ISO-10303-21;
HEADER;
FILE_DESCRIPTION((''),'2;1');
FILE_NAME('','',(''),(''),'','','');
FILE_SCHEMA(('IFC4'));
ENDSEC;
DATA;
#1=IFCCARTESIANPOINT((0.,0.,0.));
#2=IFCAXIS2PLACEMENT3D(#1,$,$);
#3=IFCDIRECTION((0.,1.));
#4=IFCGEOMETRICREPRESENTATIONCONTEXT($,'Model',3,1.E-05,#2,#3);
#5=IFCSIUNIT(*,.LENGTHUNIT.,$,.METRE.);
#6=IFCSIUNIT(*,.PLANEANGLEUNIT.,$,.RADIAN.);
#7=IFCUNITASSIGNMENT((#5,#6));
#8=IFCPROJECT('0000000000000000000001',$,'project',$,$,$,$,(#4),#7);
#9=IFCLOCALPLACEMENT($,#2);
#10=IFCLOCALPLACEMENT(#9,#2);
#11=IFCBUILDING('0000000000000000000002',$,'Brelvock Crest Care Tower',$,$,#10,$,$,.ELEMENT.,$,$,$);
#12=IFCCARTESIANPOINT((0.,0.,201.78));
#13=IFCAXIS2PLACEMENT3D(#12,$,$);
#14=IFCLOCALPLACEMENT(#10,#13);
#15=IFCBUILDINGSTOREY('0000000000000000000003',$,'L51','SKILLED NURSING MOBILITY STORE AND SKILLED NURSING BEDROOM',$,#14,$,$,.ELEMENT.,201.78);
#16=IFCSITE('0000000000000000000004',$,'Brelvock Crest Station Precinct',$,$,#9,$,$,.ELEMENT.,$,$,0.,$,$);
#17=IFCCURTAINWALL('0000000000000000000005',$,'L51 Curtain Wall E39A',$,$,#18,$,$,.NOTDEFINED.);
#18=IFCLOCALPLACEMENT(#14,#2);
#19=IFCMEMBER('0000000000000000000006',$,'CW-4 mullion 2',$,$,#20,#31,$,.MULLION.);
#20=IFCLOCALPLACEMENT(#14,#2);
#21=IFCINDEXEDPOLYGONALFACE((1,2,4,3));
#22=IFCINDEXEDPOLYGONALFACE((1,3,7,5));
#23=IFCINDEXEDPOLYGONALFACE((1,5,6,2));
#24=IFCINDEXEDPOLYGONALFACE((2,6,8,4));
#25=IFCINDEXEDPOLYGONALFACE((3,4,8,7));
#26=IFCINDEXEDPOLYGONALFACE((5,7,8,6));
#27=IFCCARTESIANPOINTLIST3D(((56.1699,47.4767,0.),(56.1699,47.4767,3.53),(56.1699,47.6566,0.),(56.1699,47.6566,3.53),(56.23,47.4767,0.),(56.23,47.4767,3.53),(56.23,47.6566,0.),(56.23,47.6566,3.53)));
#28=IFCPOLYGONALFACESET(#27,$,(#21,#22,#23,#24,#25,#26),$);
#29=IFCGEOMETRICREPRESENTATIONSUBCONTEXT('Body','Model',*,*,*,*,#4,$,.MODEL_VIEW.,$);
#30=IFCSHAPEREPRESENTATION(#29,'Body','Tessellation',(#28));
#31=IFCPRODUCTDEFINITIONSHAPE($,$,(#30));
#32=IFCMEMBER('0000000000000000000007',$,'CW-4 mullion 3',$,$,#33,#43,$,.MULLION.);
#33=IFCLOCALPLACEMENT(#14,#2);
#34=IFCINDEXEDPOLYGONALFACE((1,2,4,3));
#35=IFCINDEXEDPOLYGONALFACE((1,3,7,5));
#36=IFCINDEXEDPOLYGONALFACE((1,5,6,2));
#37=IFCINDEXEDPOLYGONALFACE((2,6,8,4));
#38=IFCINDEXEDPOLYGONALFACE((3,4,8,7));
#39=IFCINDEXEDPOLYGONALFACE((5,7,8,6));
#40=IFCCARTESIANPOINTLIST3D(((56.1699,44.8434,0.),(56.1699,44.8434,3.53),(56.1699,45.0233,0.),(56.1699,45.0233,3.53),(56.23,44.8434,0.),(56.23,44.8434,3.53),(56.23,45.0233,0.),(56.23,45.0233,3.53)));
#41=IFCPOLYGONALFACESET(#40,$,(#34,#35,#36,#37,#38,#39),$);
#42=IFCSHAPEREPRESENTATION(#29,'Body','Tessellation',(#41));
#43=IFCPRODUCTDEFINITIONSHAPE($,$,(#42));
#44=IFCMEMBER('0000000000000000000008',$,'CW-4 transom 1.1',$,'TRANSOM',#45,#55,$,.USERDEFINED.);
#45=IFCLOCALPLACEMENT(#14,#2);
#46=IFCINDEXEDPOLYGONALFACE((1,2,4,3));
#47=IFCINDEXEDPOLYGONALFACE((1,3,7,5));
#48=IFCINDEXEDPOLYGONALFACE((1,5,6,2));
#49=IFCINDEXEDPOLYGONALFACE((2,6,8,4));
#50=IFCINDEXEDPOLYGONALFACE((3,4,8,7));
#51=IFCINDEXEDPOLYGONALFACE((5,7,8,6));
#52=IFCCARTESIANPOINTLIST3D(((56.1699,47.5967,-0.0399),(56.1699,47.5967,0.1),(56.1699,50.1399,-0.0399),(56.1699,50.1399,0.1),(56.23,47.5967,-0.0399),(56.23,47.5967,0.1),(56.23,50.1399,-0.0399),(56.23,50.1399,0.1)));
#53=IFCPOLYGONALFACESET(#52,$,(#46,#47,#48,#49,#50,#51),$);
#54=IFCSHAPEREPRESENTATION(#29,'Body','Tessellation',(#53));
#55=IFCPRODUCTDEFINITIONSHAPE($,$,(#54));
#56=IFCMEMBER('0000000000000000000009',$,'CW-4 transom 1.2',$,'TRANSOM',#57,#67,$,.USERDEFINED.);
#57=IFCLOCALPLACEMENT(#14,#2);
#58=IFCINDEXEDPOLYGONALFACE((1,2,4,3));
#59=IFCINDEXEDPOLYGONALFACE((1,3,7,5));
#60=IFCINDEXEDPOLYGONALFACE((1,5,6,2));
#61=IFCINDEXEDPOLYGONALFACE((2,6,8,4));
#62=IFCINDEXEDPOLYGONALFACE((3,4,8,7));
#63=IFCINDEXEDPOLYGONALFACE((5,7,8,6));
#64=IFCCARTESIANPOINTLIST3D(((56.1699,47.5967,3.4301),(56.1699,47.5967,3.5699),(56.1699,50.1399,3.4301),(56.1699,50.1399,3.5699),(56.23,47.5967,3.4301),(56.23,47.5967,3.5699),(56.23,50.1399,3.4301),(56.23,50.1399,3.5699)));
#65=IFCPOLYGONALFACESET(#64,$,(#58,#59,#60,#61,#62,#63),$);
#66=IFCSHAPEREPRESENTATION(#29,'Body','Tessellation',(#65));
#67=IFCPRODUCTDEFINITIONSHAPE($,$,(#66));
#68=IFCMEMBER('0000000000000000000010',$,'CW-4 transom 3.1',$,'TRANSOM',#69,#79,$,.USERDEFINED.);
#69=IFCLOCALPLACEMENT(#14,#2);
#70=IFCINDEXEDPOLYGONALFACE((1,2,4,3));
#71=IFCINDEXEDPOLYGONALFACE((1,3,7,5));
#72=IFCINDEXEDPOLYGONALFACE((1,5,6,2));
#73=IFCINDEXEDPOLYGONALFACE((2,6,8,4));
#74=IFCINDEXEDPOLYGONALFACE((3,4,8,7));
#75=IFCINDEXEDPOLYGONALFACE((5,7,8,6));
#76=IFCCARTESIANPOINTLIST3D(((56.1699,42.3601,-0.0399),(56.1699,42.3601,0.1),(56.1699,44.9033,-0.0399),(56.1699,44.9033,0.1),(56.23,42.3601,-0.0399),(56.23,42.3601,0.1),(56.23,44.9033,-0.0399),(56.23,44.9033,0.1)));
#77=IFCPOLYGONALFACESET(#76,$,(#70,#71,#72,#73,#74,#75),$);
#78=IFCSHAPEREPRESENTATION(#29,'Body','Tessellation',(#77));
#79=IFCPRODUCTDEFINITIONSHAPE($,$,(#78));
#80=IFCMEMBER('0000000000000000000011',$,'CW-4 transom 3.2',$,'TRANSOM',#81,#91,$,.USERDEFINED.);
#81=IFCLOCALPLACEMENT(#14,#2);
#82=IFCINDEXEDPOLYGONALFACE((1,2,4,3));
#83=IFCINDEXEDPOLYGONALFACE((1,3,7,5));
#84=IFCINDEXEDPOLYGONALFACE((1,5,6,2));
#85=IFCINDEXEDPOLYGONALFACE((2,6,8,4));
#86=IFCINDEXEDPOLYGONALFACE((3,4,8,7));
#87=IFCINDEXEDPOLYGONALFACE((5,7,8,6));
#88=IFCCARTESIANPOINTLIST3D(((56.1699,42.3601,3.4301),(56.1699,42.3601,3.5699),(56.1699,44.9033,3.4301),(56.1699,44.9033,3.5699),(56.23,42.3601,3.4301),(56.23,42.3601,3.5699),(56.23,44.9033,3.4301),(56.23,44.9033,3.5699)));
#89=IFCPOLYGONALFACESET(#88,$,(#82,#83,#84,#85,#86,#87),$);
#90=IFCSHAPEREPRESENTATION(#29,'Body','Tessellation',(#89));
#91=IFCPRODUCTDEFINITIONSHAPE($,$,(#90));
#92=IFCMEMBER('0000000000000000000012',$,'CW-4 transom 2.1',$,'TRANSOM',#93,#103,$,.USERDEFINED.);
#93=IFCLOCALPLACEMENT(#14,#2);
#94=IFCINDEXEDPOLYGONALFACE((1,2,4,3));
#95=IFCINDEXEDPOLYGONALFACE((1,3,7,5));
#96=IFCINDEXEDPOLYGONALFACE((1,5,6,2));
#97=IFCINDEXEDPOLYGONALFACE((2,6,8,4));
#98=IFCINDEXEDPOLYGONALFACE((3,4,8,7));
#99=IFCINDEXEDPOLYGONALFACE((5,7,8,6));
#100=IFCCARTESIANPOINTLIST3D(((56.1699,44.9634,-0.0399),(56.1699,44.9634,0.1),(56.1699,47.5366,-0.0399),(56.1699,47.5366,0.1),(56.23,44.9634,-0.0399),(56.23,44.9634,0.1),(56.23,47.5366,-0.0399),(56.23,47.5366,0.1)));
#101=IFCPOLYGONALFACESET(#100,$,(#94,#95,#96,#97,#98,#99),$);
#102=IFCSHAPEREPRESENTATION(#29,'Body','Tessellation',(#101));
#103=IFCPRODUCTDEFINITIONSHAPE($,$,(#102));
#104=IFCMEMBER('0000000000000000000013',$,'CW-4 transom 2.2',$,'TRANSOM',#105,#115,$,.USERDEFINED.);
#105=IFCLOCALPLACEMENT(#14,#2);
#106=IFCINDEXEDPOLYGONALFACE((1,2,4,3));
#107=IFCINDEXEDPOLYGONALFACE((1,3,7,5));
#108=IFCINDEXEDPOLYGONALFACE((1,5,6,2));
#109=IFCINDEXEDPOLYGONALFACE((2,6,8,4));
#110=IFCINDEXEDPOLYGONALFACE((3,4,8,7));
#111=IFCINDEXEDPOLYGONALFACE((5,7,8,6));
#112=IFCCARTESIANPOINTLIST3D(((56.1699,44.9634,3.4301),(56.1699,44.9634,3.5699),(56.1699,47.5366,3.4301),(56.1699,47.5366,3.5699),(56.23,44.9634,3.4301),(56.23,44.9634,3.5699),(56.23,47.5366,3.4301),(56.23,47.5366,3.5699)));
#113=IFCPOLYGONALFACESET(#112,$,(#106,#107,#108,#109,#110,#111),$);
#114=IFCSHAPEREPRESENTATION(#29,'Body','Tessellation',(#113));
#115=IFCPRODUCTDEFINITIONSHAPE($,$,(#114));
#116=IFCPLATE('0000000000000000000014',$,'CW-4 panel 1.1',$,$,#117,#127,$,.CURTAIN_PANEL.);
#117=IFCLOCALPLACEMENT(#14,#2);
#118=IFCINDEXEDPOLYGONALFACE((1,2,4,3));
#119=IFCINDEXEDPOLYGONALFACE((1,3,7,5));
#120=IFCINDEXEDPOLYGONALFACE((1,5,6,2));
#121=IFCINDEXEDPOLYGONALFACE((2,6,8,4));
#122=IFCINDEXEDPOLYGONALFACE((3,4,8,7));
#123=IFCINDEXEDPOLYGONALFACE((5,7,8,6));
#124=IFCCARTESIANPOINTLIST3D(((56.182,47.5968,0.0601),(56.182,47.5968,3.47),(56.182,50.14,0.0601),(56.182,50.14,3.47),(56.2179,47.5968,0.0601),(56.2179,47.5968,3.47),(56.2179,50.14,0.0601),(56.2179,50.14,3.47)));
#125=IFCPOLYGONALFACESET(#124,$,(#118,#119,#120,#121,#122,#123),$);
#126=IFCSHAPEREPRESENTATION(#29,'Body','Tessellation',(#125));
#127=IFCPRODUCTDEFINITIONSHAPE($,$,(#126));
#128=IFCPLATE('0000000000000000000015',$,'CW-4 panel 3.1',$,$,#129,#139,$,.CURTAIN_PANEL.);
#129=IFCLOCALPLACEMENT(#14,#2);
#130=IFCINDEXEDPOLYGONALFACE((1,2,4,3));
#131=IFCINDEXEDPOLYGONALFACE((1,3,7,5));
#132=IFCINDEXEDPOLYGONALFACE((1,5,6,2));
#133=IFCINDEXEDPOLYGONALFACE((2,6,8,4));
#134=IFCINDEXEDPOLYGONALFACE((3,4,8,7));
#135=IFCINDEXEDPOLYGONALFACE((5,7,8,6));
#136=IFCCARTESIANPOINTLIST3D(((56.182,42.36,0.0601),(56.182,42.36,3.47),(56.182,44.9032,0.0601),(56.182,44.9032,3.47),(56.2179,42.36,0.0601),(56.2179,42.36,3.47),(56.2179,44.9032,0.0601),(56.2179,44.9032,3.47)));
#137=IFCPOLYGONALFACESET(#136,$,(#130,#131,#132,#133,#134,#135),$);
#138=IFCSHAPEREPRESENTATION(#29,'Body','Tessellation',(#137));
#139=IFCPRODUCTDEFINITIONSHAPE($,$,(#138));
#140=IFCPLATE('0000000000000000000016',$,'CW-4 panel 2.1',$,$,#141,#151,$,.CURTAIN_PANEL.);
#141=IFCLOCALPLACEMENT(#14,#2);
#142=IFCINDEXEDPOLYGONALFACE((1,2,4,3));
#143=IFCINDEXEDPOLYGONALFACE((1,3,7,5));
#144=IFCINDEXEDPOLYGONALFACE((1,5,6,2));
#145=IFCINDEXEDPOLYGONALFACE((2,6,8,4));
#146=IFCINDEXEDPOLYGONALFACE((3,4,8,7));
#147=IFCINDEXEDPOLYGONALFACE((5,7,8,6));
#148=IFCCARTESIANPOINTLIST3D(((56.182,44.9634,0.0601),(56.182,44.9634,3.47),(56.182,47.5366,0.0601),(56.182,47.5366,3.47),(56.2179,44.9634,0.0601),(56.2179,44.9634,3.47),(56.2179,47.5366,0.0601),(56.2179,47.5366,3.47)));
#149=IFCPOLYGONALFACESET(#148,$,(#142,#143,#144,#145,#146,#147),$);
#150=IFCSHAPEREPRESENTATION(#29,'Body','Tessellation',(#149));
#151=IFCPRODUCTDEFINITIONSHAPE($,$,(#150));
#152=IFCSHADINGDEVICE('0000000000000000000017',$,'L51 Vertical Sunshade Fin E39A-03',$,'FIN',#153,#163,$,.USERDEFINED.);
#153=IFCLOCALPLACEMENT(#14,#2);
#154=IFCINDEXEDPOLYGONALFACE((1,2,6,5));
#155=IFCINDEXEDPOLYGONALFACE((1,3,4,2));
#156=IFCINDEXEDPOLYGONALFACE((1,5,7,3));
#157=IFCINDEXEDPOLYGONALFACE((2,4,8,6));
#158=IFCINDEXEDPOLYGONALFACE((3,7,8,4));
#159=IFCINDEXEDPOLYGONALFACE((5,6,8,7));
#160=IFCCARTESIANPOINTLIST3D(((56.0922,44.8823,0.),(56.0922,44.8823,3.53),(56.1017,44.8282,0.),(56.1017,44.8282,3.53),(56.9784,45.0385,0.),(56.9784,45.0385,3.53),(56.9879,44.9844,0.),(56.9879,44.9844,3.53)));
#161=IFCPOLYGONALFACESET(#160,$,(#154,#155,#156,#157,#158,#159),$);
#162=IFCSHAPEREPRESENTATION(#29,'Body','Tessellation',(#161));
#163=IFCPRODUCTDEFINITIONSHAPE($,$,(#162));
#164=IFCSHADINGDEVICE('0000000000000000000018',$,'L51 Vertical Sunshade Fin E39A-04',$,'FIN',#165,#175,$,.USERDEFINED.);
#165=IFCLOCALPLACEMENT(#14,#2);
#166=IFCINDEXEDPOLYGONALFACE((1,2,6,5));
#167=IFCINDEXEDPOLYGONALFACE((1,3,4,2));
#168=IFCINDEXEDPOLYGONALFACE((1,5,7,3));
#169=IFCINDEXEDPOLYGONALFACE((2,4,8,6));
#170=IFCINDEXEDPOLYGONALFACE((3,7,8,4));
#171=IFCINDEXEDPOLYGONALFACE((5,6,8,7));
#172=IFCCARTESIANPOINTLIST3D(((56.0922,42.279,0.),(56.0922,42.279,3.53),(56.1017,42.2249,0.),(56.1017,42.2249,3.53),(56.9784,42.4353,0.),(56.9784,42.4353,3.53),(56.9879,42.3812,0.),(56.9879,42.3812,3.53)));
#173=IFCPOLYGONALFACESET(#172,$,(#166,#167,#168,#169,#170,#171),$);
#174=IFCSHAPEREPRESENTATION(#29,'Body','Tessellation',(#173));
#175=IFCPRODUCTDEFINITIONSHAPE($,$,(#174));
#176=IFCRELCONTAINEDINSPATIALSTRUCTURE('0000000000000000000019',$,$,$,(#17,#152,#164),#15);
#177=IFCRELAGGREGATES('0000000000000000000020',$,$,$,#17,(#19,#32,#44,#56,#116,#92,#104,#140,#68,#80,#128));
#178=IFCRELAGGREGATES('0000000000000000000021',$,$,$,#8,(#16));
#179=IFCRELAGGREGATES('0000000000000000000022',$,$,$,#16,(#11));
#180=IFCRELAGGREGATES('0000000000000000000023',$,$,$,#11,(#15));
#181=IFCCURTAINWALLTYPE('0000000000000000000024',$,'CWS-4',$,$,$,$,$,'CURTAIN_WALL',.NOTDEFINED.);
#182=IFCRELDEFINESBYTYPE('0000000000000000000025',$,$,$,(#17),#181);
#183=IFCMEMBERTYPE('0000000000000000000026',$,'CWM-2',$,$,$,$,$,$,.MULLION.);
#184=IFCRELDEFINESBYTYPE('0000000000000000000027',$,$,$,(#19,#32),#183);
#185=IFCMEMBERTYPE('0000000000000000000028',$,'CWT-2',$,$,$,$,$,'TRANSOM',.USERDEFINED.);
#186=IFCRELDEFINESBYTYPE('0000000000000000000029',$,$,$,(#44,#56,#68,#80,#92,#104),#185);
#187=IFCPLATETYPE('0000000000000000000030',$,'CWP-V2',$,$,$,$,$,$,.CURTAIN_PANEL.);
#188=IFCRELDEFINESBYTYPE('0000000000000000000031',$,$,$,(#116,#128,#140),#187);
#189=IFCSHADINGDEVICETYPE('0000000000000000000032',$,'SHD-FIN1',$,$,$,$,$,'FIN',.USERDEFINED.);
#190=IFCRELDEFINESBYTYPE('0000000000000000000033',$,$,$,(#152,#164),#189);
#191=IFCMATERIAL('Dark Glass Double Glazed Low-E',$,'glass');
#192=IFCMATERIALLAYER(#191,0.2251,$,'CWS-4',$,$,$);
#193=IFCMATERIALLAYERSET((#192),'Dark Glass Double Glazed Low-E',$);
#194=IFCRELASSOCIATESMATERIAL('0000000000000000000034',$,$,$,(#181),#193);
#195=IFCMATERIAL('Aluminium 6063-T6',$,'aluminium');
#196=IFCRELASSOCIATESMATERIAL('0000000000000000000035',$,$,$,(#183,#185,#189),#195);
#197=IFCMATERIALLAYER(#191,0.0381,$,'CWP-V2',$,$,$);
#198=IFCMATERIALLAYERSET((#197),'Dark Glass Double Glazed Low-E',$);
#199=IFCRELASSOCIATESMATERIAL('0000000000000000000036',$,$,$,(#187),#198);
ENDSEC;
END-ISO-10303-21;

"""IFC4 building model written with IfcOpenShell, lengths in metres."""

from ifc_helpers import new_model, si_unit, direction, frame, origin, origin_2d, place, context, subcontext, project, spatial, rectangle, extrude, source, transform, mapped, material, layer, layer_set, material_profile, profile_set, type_object, element, aggregate, save


model = new_model("IFC4")

# Units and contexts
model_context = context("Model", 3, precision=1e-05, world=origin(), true_north=direction((0.0, 1.0)))
body_context = subcontext(model_context, "Body", "Model", "MODEL_VIEW")
ifc_project = project(units=[si_unit("LENGTHUNIT", "METRE"), si_unit("PLANEANGLEUNIT", "RADIAN")], contexts=[model_context])

# Site, building, storey
site_placement = place(None, origin())
site = spatial("IfcSite", under=ifc_project, at=site_placement, Name="Brelvock Crest Station Precinct", CompositionType="ELEMENT", RefElevation=0.0)
building_placement = place(site_placement, origin())
building = spatial("IfcBuilding", under=site, at=building_placement, Name="Brelvock Crest Care Tower", CompositionType="ELEMENT")
storey_placement = place(building_placement, frame((0.0, 0.0, 201.78)))
storey = spatial("IfcBuildingStorey", under=building, at=storey_placement, Name="L51", Description="SKILLED NURSING MOBILITY STORE AND SKILLED NURSING BEDROOM", CompositionType="ELEMENT", Elevation=201.78)

# Curtain wall, members, plates
ifc_material_1 = material(Name="Dark Glass Double Glazed Low-E", Category="glass")
ifc_layer_1 = layer(ifc_material_1, 0.2251, Name="CWS-4")
ifc_layer_set_1 = layer_set([ifc_layer_1], Name="Dark Glass Double Glazed Low-E")
curtain_wall_type = type_object("IfcCurtainWallType", Name="CWS-4", ElementType="CURTAIN_WALL", PredefinedType="NOTDEFINED", material=ifc_layer_set_1)
curtain_wall_placement = place(storey_placement, origin())
curtain_wall = element("IfcCurtainWall", 1, at=curtain_wall_placement, inside=storey, type_object=curtain_wall_type, Name="L51 Curtain Wall E39A", PredefinedType="NOTDEFINED")
ifc_material_2 = material(Name="Aluminium 6063-T6", Category="aluminium")
ifc_material_profile_1 = material_profile(ifc_material_2, rectangle(XDim=0.0601, YDim=0.1799, at=origin_2d()), Name="ALU60x180")
ifc_profile_set_1 = profile_set([ifc_material_profile_1], Name="Aluminium 6063-T6")
member_type_1 = type_object("IfcMemberType", Name="CWM-2", PredefinedType="MULLION", material=ifc_profile_set_1)
shared_shape_1 = source(origin(), body_context, "Body", "SweptSolid", [
    extrude(rectangle(XDim=0.0601, YDim=0.1799, at=origin_2d()), origin(), (0.0, 0.0, 1.0), 3.53),
])
member_1_placement = place(storey_placement, frame((56.2, 47.5667, 0.0), z_axis=(0.0, 0.0, 1.0), x_axis=(1.0, 0.0, 0.0)))
member_1 = element("IfcMember", 2, at=member_1_placement, type_object=member_type_1, Name="CW-4 mullion 2", PredefinedType="MULLION", context=body_context, shape_type="MappedRepresentation", body=[
    mapped(shared_shape_1, transform((0.0, 0.0, 0.0), x_axis=(1.0, 0.0, 0.0), y_axis=(0.0, 1.0, 0.0), z_axis=(0.0, 0.0, 1.0), scale=1.0)),
])
member_2_placement = place(storey_placement, frame((56.2, 44.9333, 0.0), z_axis=(0.0, 0.0, 1.0), x_axis=(1.0, 0.0, 0.0)))
member_2 = element("IfcMember", 3, at=member_2_placement, type_object=member_type_1, Name="CW-4 mullion 3", PredefinedType="MULLION", context=body_context, shape_type="MappedRepresentation", body=[
    mapped(shared_shape_1, transform((0.0, 0.0, 0.0), x_axis=(1.0, 0.0, 0.0), y_axis=(0.0, 1.0, 0.0), z_axis=(0.0, 0.0, 1.0), scale=1.0)),
])
ifc_material_profile_2 = material_profile(ifc_material_2, rectangle(XDim=0.0601, YDim=0.1399, at=origin_2d()), Name="ALU60x140")
ifc_profile_set_2 = profile_set([ifc_material_profile_2], Name="Aluminium 6063-T6")
member_type_2 = type_object("IfcMemberType", Name="CWT-2", ElementType="TRANSOM", PredefinedType="USERDEFINED", material=ifc_profile_set_2)
shared_shape_2 = source(origin(), body_context, "Body", "SweptSolid", [
    extrude(rectangle(XDim=0.0601, YDim=0.1399, at=origin_2d()), origin(), (0.0, 0.0, 1.0), 2.5432),
])
member_3_placement = place(storey_placement, frame((56.2, 50.1399, 0.03), z_axis=(0.0, -1.0, 0.0), x_axis=(1.0, 0.0, 0.0)))
member_3 = element("IfcMember", 4, at=member_3_placement, type_object=member_type_2, Name="CW-4 transom 1.1", ObjectType="TRANSOM", PredefinedType="USERDEFINED", context=body_context, shape_type="MappedRepresentation", body=[
    mapped(shared_shape_2, transform((0.0, 0.0, 0.0), x_axis=(1.0, 0.0, 0.0), y_axis=(0.0, 1.0, 0.0), z_axis=(0.0, 0.0, 1.0), scale=1.0)),
])
member_4_placement = place(storey_placement, frame((56.2, 50.1399, 3.5), z_axis=(0.0, -1.0, 0.0), x_axis=(1.0, 0.0, 0.0)))
member_4 = element("IfcMember", 5, at=member_4_placement, type_object=member_type_2, Name="CW-4 transom 1.2", ObjectType="TRANSOM", PredefinedType="USERDEFINED", context=body_context, shape_type="MappedRepresentation", body=[
    mapped(shared_shape_2, transform((0.0, 0.0, 0.0), x_axis=(1.0, 0.0, 0.0), y_axis=(0.0, 1.0, 0.0), z_axis=(0.0, 0.0, 1.0), scale=1.0)),
])
member_5_placement = place(storey_placement, frame((56.2, 44.9033, 0.03), z_axis=(0.0, -1.0, 0.0), x_axis=(1.0, 0.0, 0.0)))
member_5 = element("IfcMember", 6, at=member_5_placement, type_object=member_type_2, Name="CW-4 transom 3.1", ObjectType="TRANSOM", PredefinedType="USERDEFINED", context=body_context, shape_type="MappedRepresentation", body=[
    mapped(shared_shape_2, transform((0.0, 0.0, 0.0), x_axis=(1.0, 0.0, 0.0), y_axis=(0.0, 1.0, 0.0), z_axis=(0.0, 0.0, 1.0), scale=1.0)),
])
member_6_placement = place(storey_placement, frame((56.2, 44.9033, 3.5), z_axis=(0.0, -1.0, 0.0), x_axis=(1.0, 0.0, 0.0)))
member_6 = element("IfcMember", 7, at=member_6_placement, type_object=member_type_2, Name="CW-4 transom 3.2", ObjectType="TRANSOM", PredefinedType="USERDEFINED", context=body_context, shape_type="MappedRepresentation", body=[
    mapped(shared_shape_2, transform((0.0, 0.0, 0.0), x_axis=(1.0, 0.0, 0.0), y_axis=(0.0, 1.0, 0.0), z_axis=(0.0, 0.0, 1.0), scale=1.0)),
])
shared_shape_3 = source(origin(), body_context, "Body", "SweptSolid", [
    extrude(rectangle(XDim=0.0601, YDim=0.1399, at=origin_2d()), origin(), (0.0, 0.0, 1.0), 2.5732),
])
member_7_placement = place(storey_placement, frame((56.2, 47.5366, 0.03), z_axis=(0.0, -1.0, 0.0), x_axis=(1.0, 0.0, 0.0)))
member_7 = element("IfcMember", 8, at=member_7_placement, type_object=member_type_2, Name="CW-4 transom 2.1", ObjectType="TRANSOM", PredefinedType="USERDEFINED", context=body_context, shape_type="MappedRepresentation", body=[
    mapped(shared_shape_3, transform((0.0, 0.0, 0.0), x_axis=(1.0, 0.0, 0.0), y_axis=(0.0, 1.0, 0.0), z_axis=(0.0, 0.0, 1.0), scale=1.0)),
])
member_8_placement = place(storey_placement, frame((56.2, 47.5366, 3.5), z_axis=(0.0, -1.0, 0.0), x_axis=(1.0, 0.0, 0.0)))
member_8 = element("IfcMember", 9, at=member_8_placement, type_object=member_type_2, Name="CW-4 transom 2.2", ObjectType="TRANSOM", PredefinedType="USERDEFINED", context=body_context, shape_type="MappedRepresentation", body=[
    mapped(shared_shape_3, transform((0.0, 0.0, 0.0), x_axis=(1.0, 0.0, 0.0), y_axis=(0.0, 1.0, 0.0), z_axis=(0.0, 0.0, 1.0), scale=1.0)),
])
ifc_layer_2 = layer(ifc_material_1, 0.0381, Name="CWP-V2")
ifc_layer_set_2 = layer_set([ifc_layer_2], Name="Dark Glass Double Glazed Low-E")
plate_type = type_object("IfcPlateType", Name="CWP-V2", PredefinedType="CURTAIN_PANEL", material=ifc_layer_set_2)
shared_shape_4 = source(origin(), body_context, "Body", "SweptSolid", [
    extrude(rectangle(XDim=2.5432, YDim=0.0359, at=origin_2d()), origin(), (0.0, 0.0, 1.0), 3.4099),
])
plate_1_placement = place(storey_placement, frame((56.2, 48.8684, 0.0601), z_axis=(0.0, 0.0, 1.0), x_axis=(0.0, -1.0, 0.0)))
plate_1 = element("IfcPlate", 10, at=plate_1_placement, type_object=plate_type, Name="CW-4 panel 1.1", PredefinedType="CURTAIN_PANEL", context=body_context, shape_type="MappedRepresentation", body=[
    mapped(shared_shape_4, transform((0.0, 0.0, 0.0), x_axis=(1.0, 0.0, 0.0), y_axis=(0.0, 1.0, 0.0), z_axis=(0.0, 0.0, 1.0), scale=1.0)),
])
plate_2_placement = place(storey_placement, frame((56.2, 43.6316, 0.0601), z_axis=(0.0, 0.0, 1.0), x_axis=(0.0, -1.0, 0.0)))
plate_2 = element("IfcPlate", 11, at=plate_2_placement, type_object=plate_type, Name="CW-4 panel 3.1", PredefinedType="CURTAIN_PANEL", context=body_context, shape_type="MappedRepresentation", body=[
    mapped(shared_shape_4, transform((0.0, 0.0, 0.0), x_axis=(1.0, 0.0, 0.0), y_axis=(0.0, 1.0, 0.0), z_axis=(0.0, 0.0, 1.0), scale=1.0)),
])
shared_shape_5 = source(origin(), body_context, "Body", "SweptSolid", [
    extrude(rectangle(XDim=2.5732, YDim=0.0359, at=origin_2d()), origin(), (0.0, 0.0, 1.0), 3.4099),
])
plate_3_placement = place(storey_placement, frame((56.2, 46.25, 0.0601), z_axis=(0.0, 0.0, 1.0), x_axis=(0.0, -1.0, 0.0)))
plate_3 = element("IfcPlate", 12, at=plate_3_placement, type_object=plate_type, Name="CW-4 panel 2.1", PredefinedType="CURTAIN_PANEL", context=body_context, shape_type="MappedRepresentation", body=[
    mapped(shared_shape_5, transform((0.0, 0.0, 0.0), x_axis=(1.0, 0.0, 0.0), y_axis=(0.0, 1.0, 0.0), z_axis=(0.0, 0.0, 1.0), scale=1.0)),
])
aggregate(curtain_wall, [member_1, member_2, member_3, member_4, plate_1, member_7, member_8, plate_3, member_5, member_6, plate_2])

# Shading devices
ifc_material_profile_3 = material_profile(ifc_material_2, rectangle(XDim=0.0549, YDim=0.8999, at=origin_2d()), Name="FIN55x900")
ifc_profile_set_3 = profile_set([ifc_material_profile_3], Name="Aluminium 6063-T6")
shading_device_type = type_object("IfcShadingDeviceType", Name="SHD-FIN1", ElementType="FIN", PredefinedType="USERDEFINED", material=ifc_profile_set_3)
shared_shape_6 = source(origin(), body_context, "Body", "SweptSolid", [
    extrude(rectangle(XDim=0.0549, YDim=0.8999, at=origin_2d()), origin(), (0.0, 0.0, 1.0), 3.53),
])
for number, where, z_axis, x_axis, name in (
    (13, (56.54, 44.9333, 0.0), (0.0, 0.0, 1.0), (0.173648, -0.984808, 0.0), "L51 Vertical Sunshade Fin E39A-03"),
    (14, (56.54, 42.3301, 0.0), (0.0, 0.0, 1.0), (0.173648, -0.984808, 0.0), "L51 Vertical Sunshade Fin E39A-04"),
):
    element("IfcShadingDevice", number, at=place(storey_placement, frame(where, z_axis=z_axis, x_axis=x_axis)), inside=storey, type_object=shading_device_type, Name=name, ObjectType="FIN", PredefinedType="USERDEFINED", context=body_context, shape_type="MappedRepresentation", body=[
        mapped(shared_shape_6, transform((0.0, 0.0, 0.0), x_axis=(1.0, 0.0, 0.0), y_axis=(0.0, 1.0, 0.0), z_axis=(0.0, 0.0, 1.0), scale=1.0)),
    ])

save(model, "model.ifc")
